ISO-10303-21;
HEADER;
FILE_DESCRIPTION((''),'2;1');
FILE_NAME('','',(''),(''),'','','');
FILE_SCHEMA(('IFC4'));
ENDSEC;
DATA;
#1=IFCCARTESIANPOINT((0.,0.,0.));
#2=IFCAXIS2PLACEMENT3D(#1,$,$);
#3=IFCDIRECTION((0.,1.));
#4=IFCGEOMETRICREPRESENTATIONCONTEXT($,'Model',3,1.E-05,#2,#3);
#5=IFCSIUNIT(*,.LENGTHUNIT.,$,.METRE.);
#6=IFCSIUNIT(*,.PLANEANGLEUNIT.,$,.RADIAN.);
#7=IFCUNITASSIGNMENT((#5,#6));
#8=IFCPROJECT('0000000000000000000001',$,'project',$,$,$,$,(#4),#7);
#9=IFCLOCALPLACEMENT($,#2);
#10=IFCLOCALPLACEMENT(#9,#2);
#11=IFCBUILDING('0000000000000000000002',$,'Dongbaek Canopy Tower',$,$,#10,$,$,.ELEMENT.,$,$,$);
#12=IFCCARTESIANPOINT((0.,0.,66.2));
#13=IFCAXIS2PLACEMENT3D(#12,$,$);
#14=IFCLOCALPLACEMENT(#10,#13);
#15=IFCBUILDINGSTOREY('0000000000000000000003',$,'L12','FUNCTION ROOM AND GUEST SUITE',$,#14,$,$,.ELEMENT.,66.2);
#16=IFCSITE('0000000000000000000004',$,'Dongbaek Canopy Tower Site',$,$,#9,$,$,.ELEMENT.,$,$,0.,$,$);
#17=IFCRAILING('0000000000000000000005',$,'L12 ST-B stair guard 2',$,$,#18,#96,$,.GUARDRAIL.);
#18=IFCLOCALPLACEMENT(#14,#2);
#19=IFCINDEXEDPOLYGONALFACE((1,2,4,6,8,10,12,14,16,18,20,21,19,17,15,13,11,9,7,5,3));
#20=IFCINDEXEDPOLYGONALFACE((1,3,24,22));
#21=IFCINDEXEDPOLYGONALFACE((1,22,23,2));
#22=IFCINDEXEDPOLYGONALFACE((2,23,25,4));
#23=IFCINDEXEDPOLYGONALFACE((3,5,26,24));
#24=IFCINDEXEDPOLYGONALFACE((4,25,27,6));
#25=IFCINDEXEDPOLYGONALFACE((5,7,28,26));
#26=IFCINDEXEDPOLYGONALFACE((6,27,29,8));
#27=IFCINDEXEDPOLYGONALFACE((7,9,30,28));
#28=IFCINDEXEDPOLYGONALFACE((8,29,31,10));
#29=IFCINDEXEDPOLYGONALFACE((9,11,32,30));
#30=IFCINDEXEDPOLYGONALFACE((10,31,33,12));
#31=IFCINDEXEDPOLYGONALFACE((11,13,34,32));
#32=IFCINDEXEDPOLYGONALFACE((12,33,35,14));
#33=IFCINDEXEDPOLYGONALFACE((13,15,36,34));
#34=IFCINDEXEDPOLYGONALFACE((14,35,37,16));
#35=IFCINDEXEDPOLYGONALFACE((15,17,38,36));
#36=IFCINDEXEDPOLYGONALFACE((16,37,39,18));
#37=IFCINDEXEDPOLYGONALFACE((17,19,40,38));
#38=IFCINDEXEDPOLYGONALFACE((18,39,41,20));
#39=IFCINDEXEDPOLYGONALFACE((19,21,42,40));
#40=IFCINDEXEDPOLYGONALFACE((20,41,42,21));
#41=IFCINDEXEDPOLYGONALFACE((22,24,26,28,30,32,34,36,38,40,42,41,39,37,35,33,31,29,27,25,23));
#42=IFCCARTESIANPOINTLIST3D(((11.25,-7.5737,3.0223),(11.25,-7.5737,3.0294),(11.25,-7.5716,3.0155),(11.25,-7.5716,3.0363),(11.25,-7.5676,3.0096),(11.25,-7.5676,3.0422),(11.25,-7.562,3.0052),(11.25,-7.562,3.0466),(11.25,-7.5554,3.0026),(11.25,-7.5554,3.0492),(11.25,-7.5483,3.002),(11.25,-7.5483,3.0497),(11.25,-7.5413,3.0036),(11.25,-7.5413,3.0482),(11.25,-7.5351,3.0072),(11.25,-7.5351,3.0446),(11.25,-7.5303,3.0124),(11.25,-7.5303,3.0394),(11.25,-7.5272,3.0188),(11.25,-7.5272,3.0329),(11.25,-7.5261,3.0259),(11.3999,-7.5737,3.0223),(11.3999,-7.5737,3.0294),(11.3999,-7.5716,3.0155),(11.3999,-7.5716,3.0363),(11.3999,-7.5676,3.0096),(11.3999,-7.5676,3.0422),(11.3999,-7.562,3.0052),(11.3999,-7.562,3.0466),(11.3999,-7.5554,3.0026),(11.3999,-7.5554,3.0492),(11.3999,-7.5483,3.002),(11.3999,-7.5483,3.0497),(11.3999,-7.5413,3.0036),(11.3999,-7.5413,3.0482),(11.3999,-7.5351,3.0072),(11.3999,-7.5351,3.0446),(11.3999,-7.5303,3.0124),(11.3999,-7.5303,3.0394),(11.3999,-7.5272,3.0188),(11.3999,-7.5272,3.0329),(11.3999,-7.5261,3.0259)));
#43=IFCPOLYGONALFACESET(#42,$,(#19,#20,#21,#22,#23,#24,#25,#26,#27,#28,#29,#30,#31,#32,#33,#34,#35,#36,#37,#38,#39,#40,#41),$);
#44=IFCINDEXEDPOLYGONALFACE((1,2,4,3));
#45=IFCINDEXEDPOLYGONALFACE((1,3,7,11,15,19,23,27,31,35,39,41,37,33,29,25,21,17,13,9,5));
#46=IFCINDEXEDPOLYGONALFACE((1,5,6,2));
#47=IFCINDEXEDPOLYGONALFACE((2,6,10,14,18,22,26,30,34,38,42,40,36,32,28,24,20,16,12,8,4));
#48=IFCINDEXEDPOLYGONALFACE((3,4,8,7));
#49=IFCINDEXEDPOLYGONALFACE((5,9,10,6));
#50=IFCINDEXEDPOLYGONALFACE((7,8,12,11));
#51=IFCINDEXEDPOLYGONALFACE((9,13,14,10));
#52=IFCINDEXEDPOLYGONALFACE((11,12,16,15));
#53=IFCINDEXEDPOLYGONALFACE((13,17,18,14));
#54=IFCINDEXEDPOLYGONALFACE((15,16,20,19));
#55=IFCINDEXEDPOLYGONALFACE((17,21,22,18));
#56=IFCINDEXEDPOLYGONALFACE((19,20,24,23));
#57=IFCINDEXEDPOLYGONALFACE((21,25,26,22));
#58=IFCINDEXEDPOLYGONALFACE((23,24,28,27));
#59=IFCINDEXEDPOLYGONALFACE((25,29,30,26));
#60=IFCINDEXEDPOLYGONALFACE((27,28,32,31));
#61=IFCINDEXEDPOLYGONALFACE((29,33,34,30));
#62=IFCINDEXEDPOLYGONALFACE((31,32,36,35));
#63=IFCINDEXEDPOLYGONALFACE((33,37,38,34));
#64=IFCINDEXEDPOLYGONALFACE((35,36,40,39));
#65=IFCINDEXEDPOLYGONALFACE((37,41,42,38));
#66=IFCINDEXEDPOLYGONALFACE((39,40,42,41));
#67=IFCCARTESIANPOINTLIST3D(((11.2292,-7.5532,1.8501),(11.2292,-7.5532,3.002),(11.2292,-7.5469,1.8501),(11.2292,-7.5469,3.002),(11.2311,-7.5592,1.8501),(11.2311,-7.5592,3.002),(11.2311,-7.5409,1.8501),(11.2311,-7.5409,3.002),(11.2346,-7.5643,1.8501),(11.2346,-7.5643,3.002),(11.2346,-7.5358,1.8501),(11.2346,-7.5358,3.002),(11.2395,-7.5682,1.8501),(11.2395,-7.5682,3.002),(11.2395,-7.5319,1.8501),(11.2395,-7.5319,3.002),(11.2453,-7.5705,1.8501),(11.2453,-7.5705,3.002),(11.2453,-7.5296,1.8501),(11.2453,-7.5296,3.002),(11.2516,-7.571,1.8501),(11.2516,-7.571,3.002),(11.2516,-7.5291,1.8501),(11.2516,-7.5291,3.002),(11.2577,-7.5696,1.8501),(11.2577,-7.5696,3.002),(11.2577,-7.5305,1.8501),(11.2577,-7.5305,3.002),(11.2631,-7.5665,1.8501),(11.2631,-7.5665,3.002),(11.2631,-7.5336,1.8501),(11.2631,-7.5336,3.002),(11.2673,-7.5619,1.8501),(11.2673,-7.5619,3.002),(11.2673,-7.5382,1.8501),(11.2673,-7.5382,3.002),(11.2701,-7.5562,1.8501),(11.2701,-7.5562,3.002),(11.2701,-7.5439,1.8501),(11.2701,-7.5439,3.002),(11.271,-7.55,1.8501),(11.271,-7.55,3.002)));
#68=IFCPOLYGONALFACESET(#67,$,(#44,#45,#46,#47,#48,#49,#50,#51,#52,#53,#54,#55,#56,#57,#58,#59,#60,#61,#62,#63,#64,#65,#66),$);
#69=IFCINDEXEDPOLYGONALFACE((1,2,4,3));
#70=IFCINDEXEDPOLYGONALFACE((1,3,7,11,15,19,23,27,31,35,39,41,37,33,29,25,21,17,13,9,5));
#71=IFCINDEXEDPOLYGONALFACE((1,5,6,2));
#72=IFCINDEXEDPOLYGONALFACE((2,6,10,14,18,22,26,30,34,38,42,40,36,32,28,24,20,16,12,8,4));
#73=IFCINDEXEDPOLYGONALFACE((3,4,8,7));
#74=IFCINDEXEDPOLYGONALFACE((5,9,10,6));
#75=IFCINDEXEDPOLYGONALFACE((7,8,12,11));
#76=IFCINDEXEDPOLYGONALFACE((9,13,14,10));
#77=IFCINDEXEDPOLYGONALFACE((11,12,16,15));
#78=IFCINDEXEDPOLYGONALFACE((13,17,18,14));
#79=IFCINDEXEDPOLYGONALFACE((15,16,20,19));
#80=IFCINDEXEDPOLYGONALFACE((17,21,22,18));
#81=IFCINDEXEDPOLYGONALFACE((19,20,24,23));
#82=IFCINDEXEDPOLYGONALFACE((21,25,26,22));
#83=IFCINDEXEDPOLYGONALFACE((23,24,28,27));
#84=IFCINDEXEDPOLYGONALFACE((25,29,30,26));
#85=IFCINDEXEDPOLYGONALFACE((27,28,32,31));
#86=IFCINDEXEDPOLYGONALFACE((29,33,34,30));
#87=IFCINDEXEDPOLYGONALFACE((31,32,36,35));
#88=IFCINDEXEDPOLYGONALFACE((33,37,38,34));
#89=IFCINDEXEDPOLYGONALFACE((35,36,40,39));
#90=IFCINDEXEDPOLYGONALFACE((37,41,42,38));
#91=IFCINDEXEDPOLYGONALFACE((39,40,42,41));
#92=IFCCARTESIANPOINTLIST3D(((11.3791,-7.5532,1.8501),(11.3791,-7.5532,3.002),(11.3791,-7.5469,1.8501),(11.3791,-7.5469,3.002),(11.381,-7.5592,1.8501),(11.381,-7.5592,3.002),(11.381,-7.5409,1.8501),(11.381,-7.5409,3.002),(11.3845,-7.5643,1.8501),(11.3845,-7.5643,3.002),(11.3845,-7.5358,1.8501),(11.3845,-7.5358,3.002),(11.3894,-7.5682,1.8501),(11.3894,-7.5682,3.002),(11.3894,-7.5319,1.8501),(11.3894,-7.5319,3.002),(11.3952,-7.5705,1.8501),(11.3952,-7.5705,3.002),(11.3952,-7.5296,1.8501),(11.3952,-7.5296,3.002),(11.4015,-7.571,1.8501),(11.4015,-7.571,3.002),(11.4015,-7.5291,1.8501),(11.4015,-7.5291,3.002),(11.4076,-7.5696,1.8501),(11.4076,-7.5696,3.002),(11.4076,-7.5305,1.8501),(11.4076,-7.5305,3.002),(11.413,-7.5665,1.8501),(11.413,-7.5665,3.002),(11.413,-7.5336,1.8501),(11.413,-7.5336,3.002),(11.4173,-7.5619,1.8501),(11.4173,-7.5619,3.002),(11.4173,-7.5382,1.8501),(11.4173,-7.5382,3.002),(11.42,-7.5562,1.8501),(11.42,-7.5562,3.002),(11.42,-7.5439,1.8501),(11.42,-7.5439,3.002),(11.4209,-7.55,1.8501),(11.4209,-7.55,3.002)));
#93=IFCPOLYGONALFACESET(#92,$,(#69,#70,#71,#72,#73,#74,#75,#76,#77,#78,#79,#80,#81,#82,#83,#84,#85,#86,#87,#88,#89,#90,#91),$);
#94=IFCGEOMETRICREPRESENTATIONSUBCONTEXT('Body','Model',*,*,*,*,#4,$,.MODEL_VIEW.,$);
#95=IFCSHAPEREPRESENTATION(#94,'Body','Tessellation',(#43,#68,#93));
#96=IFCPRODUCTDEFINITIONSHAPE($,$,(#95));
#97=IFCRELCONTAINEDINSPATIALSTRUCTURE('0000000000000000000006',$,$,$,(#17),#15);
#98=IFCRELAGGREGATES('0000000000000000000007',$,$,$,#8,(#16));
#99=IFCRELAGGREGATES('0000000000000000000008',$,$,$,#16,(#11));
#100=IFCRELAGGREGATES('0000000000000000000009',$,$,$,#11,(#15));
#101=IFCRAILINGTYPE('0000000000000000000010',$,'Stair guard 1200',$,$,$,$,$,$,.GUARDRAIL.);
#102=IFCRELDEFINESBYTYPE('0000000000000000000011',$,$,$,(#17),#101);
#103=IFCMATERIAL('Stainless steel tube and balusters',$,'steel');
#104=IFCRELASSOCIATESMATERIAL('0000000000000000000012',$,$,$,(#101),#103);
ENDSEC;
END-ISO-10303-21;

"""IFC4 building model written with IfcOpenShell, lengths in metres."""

from ifc_helpers import new_model, si_unit, direction, frame, origin, origin_2d, place, context, subcontext, project, spatial, circle, extrude, material, type_object, element, save


model = new_model("IFC4")

# Units and contexts
model_context = context("Model", 3, precision=1e-05, world=origin(), true_north=direction((0.0, 1.0)))
body_context = subcontext(model_context, "Body", "Model", "MODEL_VIEW")
ifc_project = project(units=[si_unit("LENGTHUNIT", "METRE"), si_unit("PLANEANGLEUNIT", "RADIAN")], contexts=[model_context])

# Site, building, storey
site_placement = place(None, origin())
site = spatial("IfcSite", under=ifc_project, at=site_placement, Name="Dongbaek Canopy Tower Site", CompositionType="ELEMENT", RefElevation=0.0)
building_placement = place(site_placement, origin())
building = spatial("IfcBuilding", under=site, at=building_placement, Name="Dongbaek Canopy Tower", CompositionType="ELEMENT")
storey_placement = place(building_placement, frame((0.0, 0.0, 66.2)))
storey = spatial("IfcBuildingStorey", under=building, at=storey_placement, Name="L12", Description="FUNCTION ROOM AND GUEST SUITE", CompositionType="ELEMENT", Elevation=66.2)

# Railing
ifc_material_1 = material(Name="Stainless steel tube and balusters", Category="steel")
railing_type_1 = type_object("IfcRailingType", Name="Stair guard 1200", PredefinedType="GUARDRAIL", material=ifc_material_1)
railing_1_placement = place(storey_placement, frame((11.25, -7.55, 1.8501)))
element("IfcRailing", 1, at=railing_1_placement, inside=storey, type_object=railing_type_1, Name="L12 ST-B stair guard 2", PredefinedType="GUARDRAIL", context=body_context, shape_type="SweptSolid", body=[
    extrude(circle(Radius=0.0239, at=origin_2d()), frame((0.0, 0.0, 1.1758), z_axis=(1.0, 0.0, 0.0), x_axis=(0.0, 1.0, 0.0)), (0.0, 0.0, 1.0), 0.1499),
    extrude(circle(Radius=0.021, at=origin_2d()), origin(), (0.0, 0.0, 1.0), 1.1519),
    extrude(circle(Radius=0.021, at=origin_2d()), frame((0.1499, 0.0, 0.0)), (0.0, 0.0, 1.0), 1.1519),
])

save(model, "model.ifc")
